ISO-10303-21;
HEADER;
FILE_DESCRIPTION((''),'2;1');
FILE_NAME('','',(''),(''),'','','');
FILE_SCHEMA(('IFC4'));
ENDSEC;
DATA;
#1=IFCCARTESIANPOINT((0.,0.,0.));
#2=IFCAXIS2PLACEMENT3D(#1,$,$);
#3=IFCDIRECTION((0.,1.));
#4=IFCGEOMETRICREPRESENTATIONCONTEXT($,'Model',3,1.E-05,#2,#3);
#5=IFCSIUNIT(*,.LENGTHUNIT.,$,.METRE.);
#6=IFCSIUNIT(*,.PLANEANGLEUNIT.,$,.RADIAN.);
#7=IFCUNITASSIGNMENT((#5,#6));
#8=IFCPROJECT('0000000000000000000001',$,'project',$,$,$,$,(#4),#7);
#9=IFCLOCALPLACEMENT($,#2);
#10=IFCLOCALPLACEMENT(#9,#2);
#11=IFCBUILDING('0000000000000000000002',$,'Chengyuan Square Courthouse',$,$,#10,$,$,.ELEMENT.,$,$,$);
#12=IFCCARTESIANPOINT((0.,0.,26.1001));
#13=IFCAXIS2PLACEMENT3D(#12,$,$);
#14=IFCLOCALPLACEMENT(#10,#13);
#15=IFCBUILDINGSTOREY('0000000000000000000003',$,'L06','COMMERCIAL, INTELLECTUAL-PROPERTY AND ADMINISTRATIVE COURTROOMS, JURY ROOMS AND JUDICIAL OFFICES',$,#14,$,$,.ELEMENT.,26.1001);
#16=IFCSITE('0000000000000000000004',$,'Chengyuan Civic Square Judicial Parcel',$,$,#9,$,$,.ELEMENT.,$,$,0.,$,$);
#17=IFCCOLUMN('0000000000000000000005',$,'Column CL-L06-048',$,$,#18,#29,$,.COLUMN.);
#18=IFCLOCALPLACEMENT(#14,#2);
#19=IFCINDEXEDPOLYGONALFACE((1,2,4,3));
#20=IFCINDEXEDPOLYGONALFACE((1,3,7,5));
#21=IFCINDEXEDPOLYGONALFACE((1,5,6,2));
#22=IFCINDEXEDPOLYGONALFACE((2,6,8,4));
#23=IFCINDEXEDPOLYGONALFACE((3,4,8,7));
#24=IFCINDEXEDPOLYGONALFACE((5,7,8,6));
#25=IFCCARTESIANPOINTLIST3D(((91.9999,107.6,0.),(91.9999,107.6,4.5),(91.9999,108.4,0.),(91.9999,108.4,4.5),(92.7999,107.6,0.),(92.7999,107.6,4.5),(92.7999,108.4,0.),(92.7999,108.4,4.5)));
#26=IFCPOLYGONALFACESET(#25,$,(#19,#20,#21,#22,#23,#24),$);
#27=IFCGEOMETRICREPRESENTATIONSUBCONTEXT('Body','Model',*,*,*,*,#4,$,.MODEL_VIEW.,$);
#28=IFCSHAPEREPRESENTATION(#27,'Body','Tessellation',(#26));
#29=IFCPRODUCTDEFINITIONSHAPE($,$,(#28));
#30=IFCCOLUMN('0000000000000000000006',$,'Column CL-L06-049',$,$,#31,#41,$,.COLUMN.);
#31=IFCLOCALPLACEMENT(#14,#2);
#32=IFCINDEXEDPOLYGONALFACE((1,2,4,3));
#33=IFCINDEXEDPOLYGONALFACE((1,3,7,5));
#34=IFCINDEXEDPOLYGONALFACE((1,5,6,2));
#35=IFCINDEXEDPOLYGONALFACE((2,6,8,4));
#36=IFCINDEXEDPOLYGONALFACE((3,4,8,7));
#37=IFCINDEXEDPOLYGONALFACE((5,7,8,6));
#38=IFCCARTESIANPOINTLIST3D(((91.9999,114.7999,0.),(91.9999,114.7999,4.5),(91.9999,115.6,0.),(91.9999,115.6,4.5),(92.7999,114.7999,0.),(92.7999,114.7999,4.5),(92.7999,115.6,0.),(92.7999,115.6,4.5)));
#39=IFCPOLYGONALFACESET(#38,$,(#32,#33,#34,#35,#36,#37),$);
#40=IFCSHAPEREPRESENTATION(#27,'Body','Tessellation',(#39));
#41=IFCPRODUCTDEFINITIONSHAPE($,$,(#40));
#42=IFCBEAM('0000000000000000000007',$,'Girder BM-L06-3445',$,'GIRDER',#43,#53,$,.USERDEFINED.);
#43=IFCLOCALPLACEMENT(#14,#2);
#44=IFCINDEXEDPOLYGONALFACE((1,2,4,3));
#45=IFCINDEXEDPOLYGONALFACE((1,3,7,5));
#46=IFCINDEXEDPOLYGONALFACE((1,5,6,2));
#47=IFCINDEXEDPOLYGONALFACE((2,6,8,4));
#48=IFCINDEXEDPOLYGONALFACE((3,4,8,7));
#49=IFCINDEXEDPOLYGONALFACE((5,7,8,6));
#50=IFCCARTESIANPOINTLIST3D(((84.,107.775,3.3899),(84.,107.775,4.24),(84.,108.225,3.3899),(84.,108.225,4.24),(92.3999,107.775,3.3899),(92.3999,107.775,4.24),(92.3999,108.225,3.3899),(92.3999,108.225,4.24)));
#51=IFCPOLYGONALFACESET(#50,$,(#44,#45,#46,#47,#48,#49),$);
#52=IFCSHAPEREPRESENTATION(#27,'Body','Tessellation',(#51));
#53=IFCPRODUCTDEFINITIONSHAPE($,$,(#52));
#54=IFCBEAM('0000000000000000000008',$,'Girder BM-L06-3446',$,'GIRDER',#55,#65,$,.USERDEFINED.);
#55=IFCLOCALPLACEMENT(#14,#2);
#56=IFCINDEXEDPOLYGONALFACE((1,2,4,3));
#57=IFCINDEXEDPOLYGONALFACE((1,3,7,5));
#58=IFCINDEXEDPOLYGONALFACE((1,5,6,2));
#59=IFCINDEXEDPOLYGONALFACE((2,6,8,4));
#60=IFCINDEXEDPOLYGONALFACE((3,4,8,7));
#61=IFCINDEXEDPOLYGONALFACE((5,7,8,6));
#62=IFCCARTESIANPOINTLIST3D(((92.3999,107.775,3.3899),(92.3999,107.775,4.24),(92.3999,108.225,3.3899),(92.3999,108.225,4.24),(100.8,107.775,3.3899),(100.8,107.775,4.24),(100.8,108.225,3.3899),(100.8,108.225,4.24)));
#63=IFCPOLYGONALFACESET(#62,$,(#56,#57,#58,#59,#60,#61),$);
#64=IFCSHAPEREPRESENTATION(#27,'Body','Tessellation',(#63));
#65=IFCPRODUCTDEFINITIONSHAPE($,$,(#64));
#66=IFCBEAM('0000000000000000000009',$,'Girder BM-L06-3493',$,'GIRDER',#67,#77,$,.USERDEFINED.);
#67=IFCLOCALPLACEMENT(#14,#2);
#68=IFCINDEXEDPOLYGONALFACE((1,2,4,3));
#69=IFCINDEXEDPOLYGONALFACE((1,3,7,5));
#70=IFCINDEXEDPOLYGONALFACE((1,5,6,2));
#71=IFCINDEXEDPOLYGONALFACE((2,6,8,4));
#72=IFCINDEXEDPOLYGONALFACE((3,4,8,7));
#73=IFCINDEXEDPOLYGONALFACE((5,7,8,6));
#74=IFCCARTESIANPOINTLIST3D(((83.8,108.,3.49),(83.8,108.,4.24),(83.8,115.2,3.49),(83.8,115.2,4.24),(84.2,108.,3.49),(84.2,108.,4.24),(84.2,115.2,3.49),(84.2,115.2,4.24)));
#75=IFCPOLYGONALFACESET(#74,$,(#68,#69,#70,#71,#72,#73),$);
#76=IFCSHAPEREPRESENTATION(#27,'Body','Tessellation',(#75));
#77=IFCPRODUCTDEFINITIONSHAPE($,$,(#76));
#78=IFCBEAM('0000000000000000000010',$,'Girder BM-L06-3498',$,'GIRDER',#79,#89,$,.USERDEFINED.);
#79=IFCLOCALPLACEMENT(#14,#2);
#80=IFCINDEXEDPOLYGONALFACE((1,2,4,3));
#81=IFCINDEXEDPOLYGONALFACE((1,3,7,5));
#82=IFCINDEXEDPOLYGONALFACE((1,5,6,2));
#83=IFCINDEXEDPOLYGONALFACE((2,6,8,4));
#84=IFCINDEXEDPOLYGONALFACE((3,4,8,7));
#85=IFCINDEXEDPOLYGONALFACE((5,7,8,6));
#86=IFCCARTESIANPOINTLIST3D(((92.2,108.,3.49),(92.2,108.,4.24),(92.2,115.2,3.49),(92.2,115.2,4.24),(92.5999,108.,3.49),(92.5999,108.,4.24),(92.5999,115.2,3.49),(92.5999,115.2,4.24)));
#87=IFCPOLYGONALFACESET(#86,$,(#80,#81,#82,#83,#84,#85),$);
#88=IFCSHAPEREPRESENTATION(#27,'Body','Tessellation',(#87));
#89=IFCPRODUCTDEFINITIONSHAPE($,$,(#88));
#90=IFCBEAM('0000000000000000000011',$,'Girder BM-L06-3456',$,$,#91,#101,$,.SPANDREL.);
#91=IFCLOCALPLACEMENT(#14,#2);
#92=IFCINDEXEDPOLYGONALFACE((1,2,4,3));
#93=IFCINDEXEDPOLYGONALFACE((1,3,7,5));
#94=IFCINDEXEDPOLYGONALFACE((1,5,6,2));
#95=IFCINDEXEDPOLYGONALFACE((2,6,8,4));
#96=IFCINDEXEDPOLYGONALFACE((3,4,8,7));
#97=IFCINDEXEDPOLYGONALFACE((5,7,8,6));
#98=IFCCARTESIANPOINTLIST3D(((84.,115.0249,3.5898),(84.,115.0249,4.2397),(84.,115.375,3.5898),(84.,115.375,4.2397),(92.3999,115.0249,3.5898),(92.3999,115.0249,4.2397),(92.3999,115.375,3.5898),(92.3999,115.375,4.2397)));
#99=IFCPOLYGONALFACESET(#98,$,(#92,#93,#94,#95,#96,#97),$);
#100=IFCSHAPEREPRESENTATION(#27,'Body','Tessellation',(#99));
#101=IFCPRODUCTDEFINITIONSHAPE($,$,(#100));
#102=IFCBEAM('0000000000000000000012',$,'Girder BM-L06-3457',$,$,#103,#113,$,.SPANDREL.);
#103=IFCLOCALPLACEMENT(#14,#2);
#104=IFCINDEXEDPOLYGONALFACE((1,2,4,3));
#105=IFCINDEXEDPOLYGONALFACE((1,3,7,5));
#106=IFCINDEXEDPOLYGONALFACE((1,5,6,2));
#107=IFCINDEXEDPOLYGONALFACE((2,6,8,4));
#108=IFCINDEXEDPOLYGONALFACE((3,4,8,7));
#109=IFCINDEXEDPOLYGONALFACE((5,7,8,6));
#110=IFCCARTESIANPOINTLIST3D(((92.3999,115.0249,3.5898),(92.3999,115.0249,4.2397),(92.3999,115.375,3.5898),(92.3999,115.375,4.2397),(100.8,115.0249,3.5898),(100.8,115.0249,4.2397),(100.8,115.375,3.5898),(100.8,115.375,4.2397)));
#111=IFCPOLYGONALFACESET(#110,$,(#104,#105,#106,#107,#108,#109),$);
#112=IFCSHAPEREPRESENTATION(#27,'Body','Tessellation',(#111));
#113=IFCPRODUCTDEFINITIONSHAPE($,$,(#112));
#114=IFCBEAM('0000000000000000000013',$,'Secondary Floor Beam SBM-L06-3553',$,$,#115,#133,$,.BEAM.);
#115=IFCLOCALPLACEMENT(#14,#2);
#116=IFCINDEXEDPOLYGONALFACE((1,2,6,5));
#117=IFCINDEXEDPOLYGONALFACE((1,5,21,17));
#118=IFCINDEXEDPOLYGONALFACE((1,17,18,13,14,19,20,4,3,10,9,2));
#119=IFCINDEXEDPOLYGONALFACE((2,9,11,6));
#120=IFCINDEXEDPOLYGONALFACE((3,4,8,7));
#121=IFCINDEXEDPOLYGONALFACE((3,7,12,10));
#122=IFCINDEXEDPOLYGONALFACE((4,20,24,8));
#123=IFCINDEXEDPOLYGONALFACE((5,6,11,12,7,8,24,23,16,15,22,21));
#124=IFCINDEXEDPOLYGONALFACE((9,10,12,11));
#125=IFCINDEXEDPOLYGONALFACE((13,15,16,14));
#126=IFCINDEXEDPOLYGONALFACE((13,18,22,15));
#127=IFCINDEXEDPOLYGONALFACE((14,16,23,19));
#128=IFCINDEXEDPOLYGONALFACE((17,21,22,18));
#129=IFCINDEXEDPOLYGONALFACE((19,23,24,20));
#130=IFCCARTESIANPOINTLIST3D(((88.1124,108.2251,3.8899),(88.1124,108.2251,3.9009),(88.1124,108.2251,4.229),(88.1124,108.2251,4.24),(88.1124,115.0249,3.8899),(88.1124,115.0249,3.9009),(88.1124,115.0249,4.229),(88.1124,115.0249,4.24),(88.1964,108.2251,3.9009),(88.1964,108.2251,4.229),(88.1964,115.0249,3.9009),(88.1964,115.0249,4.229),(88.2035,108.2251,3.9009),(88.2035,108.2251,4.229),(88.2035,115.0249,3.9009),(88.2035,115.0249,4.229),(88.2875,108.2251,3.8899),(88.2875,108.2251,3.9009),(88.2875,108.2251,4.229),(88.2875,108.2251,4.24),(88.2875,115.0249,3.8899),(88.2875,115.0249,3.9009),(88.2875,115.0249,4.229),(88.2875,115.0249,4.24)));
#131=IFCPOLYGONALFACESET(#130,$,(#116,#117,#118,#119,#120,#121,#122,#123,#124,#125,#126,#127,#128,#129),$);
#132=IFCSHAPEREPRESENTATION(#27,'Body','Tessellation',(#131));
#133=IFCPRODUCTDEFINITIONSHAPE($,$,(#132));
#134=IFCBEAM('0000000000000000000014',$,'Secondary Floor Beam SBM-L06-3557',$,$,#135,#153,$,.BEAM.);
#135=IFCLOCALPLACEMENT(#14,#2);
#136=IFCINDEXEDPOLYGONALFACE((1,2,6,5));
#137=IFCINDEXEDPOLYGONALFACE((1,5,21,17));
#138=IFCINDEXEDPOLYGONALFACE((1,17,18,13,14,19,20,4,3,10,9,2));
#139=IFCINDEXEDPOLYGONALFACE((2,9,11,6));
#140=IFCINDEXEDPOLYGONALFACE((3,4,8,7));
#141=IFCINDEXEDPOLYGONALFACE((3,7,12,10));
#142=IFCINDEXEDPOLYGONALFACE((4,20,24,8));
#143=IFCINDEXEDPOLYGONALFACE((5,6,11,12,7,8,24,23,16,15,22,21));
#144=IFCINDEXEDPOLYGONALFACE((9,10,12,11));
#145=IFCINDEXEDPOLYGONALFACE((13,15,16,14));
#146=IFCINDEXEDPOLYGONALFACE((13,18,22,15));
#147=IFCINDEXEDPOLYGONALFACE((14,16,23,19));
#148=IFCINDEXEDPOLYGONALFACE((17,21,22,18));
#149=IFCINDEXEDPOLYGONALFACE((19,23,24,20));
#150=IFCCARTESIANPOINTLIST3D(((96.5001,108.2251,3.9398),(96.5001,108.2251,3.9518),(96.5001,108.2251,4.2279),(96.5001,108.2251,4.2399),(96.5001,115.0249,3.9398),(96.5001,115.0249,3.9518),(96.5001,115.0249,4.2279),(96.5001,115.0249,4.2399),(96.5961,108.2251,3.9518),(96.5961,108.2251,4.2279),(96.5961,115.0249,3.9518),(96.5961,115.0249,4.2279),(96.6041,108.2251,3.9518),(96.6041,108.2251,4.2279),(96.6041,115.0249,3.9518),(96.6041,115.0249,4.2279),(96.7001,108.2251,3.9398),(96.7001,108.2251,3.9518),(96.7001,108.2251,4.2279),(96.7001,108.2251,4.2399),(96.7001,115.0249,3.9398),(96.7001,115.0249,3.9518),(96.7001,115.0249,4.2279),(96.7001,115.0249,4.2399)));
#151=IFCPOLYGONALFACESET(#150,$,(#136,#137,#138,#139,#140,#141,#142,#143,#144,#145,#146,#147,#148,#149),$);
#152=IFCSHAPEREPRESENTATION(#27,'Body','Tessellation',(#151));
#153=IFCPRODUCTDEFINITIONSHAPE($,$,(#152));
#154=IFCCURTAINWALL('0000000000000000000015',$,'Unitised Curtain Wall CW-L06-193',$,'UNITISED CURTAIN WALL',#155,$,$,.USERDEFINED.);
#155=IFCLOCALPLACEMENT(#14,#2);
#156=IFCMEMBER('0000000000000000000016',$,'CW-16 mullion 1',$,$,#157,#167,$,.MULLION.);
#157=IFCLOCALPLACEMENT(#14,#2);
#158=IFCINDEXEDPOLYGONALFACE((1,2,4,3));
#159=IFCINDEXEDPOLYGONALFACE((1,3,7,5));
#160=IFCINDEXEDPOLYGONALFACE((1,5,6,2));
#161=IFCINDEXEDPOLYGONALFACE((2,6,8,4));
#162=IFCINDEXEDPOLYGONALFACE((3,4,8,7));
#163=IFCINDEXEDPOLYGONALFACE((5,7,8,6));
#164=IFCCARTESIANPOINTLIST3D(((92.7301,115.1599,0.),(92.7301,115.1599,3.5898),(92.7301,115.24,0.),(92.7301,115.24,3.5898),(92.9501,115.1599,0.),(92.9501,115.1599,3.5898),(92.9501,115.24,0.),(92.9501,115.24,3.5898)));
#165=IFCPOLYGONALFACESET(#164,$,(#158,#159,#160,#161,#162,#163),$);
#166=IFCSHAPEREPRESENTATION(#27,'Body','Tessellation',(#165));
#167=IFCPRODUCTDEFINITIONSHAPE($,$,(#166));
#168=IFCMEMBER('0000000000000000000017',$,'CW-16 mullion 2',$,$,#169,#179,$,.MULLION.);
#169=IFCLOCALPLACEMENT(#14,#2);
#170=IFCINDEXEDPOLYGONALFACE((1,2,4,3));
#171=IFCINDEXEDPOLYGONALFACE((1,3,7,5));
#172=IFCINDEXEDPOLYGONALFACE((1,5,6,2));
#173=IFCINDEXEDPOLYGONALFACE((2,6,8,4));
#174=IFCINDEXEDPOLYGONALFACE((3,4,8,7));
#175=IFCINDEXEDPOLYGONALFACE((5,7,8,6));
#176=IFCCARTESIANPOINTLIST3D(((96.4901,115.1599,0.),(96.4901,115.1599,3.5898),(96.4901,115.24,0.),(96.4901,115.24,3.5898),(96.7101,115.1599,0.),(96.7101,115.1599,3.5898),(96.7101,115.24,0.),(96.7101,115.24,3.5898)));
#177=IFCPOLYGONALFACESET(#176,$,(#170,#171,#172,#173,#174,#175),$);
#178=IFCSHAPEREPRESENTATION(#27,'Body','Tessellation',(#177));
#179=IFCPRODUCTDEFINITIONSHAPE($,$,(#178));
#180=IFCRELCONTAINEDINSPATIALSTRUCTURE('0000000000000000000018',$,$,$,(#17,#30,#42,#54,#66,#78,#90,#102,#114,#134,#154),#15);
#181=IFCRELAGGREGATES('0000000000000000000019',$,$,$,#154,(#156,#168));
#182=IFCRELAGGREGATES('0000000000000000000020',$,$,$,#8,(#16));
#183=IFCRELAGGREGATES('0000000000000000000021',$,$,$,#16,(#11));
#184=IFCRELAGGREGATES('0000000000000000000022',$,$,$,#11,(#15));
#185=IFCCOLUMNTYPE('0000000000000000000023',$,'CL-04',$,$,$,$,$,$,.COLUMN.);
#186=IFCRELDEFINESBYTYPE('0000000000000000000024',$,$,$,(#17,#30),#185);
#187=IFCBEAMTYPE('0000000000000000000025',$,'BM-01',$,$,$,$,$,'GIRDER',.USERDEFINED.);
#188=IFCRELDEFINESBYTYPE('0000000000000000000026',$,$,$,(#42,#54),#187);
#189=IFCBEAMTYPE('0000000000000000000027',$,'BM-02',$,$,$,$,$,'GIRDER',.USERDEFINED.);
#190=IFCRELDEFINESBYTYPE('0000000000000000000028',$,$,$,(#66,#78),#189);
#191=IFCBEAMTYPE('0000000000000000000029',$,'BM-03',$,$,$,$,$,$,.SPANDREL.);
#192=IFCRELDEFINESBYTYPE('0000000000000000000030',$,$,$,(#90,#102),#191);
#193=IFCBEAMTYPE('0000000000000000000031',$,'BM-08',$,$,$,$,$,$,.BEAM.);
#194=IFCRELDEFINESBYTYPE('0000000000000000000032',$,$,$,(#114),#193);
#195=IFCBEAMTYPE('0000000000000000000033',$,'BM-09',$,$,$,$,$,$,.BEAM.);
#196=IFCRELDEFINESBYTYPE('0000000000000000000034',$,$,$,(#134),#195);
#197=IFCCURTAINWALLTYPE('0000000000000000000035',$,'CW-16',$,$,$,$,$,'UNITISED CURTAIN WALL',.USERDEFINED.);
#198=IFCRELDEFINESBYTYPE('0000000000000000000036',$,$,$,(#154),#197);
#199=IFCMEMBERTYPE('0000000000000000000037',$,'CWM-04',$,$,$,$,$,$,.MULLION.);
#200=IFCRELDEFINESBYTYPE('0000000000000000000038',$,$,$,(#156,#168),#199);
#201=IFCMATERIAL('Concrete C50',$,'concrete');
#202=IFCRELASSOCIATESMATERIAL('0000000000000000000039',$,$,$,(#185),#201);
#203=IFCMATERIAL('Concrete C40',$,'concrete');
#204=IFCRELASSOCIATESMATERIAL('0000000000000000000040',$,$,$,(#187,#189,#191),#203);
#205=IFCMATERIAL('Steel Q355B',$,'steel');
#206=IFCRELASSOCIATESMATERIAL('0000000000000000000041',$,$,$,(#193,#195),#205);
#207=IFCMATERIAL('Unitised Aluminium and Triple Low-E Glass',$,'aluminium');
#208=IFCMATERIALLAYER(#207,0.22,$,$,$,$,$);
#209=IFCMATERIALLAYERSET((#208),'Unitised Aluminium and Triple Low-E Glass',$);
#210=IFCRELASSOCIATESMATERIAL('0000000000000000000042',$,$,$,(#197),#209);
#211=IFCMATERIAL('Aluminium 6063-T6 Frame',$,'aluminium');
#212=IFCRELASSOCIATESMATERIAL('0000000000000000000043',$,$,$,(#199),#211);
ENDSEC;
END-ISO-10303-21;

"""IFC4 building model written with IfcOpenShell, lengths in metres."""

from ifc_helpers import new_model, si_unit, direction, frame, origin, origin_2d, place, context, subcontext, project, spatial, rectangle, i_section, extrude, material, layer, layer_set, material_profile, profile_set, type_object, element, aggregate, save


model = new_model("IFC4")

# Units and contexts
model_context = context("Model", 3, precision=1e-05, world=origin(), true_north=direction((0.0, 1.0)))
body_context = subcontext(model_context, "Body", "Model", "MODEL_VIEW")
ifc_project = project(units=[si_unit("LENGTHUNIT", "METRE"), si_unit("PLANEANGLEUNIT", "RADIAN")], contexts=[model_context])

# Site, building, storey
site_placement = place(None, origin())
site = spatial("IfcSite", under=ifc_project, at=site_placement, Name="Chengyuan Civic Square Judicial Parcel", CompositionType="ELEMENT", RefElevation=0.0)
building_placement = place(site_placement, origin())
building = spatial("IfcBuilding", under=site, at=building_placement, Name="Chengyuan Square Courthouse", CompositionType="ELEMENT")
storey_placement = place(building_placement, frame((0.0, 0.0, 26.1001)))
storey = spatial("IfcBuildingStorey", under=building, at=storey_placement, Name="L06", Description="COMMERCIAL, INTELLECTUAL-PROPERTY AND ADMINISTRATIVE COURTROOMS, JURY ROOMS AND JUDICIAL OFFICES", CompositionType="ELEMENT", Elevation=26.1001)

# Columns
ifc_material_1 = material(Name="Concrete C50", Category="concrete")
ifc_material_profile_1 = material_profile(ifc_material_1, rectangle(XDim=0.8, YDim=0.8, at=origin_2d()), Name="RC-COL-800x800")
ifc_profile_set_1 = profile_set([ifc_material_profile_1], Name="Concrete C50")
column_type = type_object("IfcColumnType", Name="CL-04", PredefinedType="COLUMN", material=ifc_profile_set_1)
for number, where, z_axis, x_axis, name in (
    (1, (92.3999, 108.0, 0.0), (0.0, 0.0, 1.0), (1.0, 0.0, 0.0), "Column CL-L06-048"),
    (2, (92.3999, 115.2, 0.0), (0.0, 0.0, 1.0), (1.0, 0.0, 0.0), "Column CL-L06-049"),
):
    element("IfcColumn", number, at=place(storey_placement, frame(where, z_axis=z_axis, x_axis=x_axis)), inside=storey, type_object=column_type, Name=name, PredefinedType="COLUMN", context=body_context, shape_type="SweptSolid", body=[
        extrude(rectangle(XDim=0.8, YDim=0.8, at=origin_2d()), origin(), (0.0, 0.0, 1.0), 4.5),
    ])

# Beams
ifc_material_2 = material(Name="Concrete C40", Category="concrete")
ifc_material_profile_2 = material_profile(ifc_material_2, rectangle(XDim=0.45, YDim=0.8501, at=origin_2d()), Name="RC-BM-450x850")
ifc_profile_set_2 = profile_set([ifc_material_profile_2], Name="Concrete C40")
beam_type_1 = type_object("IfcBeamType", Name="BM-01", ElementType="GIRDER", PredefinedType="USERDEFINED", material=ifc_profile_set_2)
beam_1_placement = place(storey_placement, frame((84.0, 108.0, 3.8149), z_axis=(1.0, 0.0, 0.0), x_axis=(0.0, 1.0, 0.0)))
element("IfcBeam", 3, at=beam_1_placement, inside=storey, type_object=beam_type_1, Name="Girder BM-L06-3445", ObjectType="GIRDER", PredefinedType="USERDEFINED", context=body_context, shape_type="SweptSolid", body=[
    extrude(rectangle(XDim=0.45, YDim=0.8501, at=origin_2d()), origin(), (0.0, 0.0, 1.0), 8.3999),
])
beam_2_placement = place(storey_placement, frame((92.3999, 108.0, 3.8149), z_axis=(1.0, 0.0, 0.0), x_axis=(0.0, 1.0, 0.0)))
element("IfcBeam", 4, at=beam_2_placement, inside=storey, type_object=beam_type_1, Name="Girder BM-L06-3446", ObjectType="GIRDER", PredefinedType="USERDEFINED", context=body_context, shape_type="SweptSolid", body=[
    extrude(rectangle(XDim=0.45, YDim=0.8501, at=origin_2d()), origin(), (0.0, 0.0, 1.0), 8.4001),
])
ifc_material_profile_3 = material_profile(ifc_material_2, rectangle(XDim=0.3999, YDim=0.75, at=origin_2d()), Name="RC-BM-400x750")
ifc_profile_set_3 = profile_set([ifc_material_profile_3], Name="Concrete C40")
beam_type_2 = type_object("IfcBeamType", Name="BM-02", ElementType="GIRDER", PredefinedType="USERDEFINED", material=ifc_profile_set_3)
for number, where, z_axis, x_axis, name in (
    (5, (84.0, 108.0, 3.865), (0.0, 1.0, 0.0), (-1.0, 0.0, 0.0), "Girder BM-L06-3493"),
    (6, (92.3999, 108.0, 3.865), (0.0, 1.0, 0.0), (-1.0, 0.0, 0.0), "Girder BM-L06-3498"),
):
    element("IfcBeam", number, at=place(storey_placement, frame(where, z_axis=z_axis, x_axis=x_axis)), inside=storey, type_object=beam_type_2, Name=name, ObjectType="GIRDER", PredefinedType="USERDEFINED", context=body_context, shape_type="SweptSolid", body=[
        extrude(rectangle(XDim=0.3999, YDim=0.75, at=origin_2d()), origin(), (0.0, 0.0, 1.0), 7.2),
    ])
ifc_material_profile_4 = material_profile(ifc_material_2, rectangle(XDim=0.3501, YDim=0.6499, at=origin_2d()), Name="RC-BM-350x650")
ifc_profile_set_4 = profile_set([ifc_material_profile_4], Name="Concrete C40")
beam_type_3 = type_object("IfcBeamType", Name="BM-03", PredefinedType="SPANDREL", material=ifc_profile_set_4)
beam_3_placement = place(storey_placement, frame((84.0, 115.2, 3.9148), z_axis=(1.0, 0.0, 0.0), x_axis=(0.0, 1.0, 0.0)))
element("IfcBeam", 7, at=beam_3_placement, inside=storey, type_object=beam_type_3, Name="Girder BM-L06-3456", PredefinedType="SPANDREL", context=body_context, shape_type="SweptSolid", body=[
    extrude(rectangle(XDim=0.3501, YDim=0.6499, at=origin_2d()), origin(), (0.0, 0.0, 1.0), 8.3999),
])
beam_4_placement = place(storey_placement, frame((92.3999, 115.2, 3.9148), z_axis=(1.0, 0.0, 0.0), x_axis=(0.0, 1.0, 0.0)))
element("IfcBeam", 8, at=beam_4_placement, inside=storey, type_object=beam_type_3, Name="Girder BM-L06-3457", PredefinedType="SPANDREL", context=body_context, shape_type="SweptSolid", body=[
    extrude(rectangle(XDim=0.3501, YDim=0.6499, at=origin_2d()), origin(), (0.0, 0.0, 1.0), 8.4001),
])
ifc_material_3 = material(Name="Steel Q355B", Category="steel")
ifc_material_profile_5 = material_profile(ifc_material_3, i_section(OverallWidth=0.175, OverallDepth=0.3501, WebThickness=0.0071, FlangeThickness=0.011, at=origin_2d()), Name="HN 350x175x7x11")
ifc_profile_set_5 = profile_set([ifc_material_profile_5], Name="Steel Q355B")
beam_type_4 = type_object("IfcBeamType", Name="BM-08", PredefinedType="BEAM", material=ifc_profile_set_5)
beam_5_placement = place(storey_placement, frame((88.2, 108.2251, 4.0649), z_axis=(0.0, 1.0, 0.0), x_axis=(-1.0, 0.0, 0.0)))
element("IfcBeam", 9, at=beam_5_placement, inside=storey, type_object=beam_type_4, Name="Secondary Floor Beam SBM-L06-3553", PredefinedType="BEAM", context=body_context, shape_type="SweptSolid", body=[
    extrude(i_section(OverallWidth=0.175, OverallDepth=0.3501, WebThickness=0.0071, FlangeThickness=0.011, at=origin_2d()), origin(), (0.0, 0.0, 1.0), 6.7998),
])
ifc_material_profile_6 = material_profile(ifc_material_3, i_section(OverallWidth=0.2, OverallDepth=0.3, WebThickness=0.0081, FlangeThickness=0.012, at=origin_2d()), Name="HM 300x200x8x12")
ifc_profile_set_6 = profile_set([ifc_material_profile_6], Name="Steel Q355B")
beam_type_5 = type_object("IfcBeamType", Name="BM-09", PredefinedType="BEAM", material=ifc_profile_set_6)
beam_6_placement = place(storey_placement, frame((96.6001, 108.2251, 4.0898), z_axis=(0.0, 1.0, 0.0), x_axis=(-1.0, 0.0, 0.0)))
element("IfcBeam", 10, at=beam_6_placement, inside=storey, type_object=beam_type_5, Name="Secondary Floor Beam SBM-L06-3557", PredefinedType="BEAM", context=body_context, shape_type="SweptSolid", body=[
    extrude(i_section(OverallWidth=0.2, OverallDepth=0.3, WebThickness=0.0081, FlangeThickness=0.012, at=origin_2d()), origin(), (0.0, 0.0, 1.0), 6.7998),
])

# Curtain wall, members
ifc_material_4 = material(Name="Unitised Aluminium and Triple Low-E Glass", Category="aluminium")
ifc_layer_1 = layer(ifc_material_4, 0.22)
ifc_layer_set_1 = layer_set([ifc_layer_1], Name="Unitised Aluminium and Triple Low-E Glass")
curtain_wall_type = type_object("IfcCurtainWallType", Name="CW-16", ElementType="UNITISED CURTAIN WALL", PredefinedType="USERDEFINED", material=ifc_layer_set_1)
curtain_wall_placement = place(storey_placement, origin())
curtain_wall = element("IfcCurtainWall", 11, at=curtain_wall_placement, inside=storey, type_object=curtain_wall_type, Name="Unitised Curtain Wall CW-L06-193", ObjectType="UNITISED CURTAIN WALL", PredefinedType="USERDEFINED")
ifc_material_5 = material(Name="Aluminium 6063-T6 Frame", Category="aluminium")
ifc_material_profile_7 = material_profile(ifc_material_5, rectangle(XDim=0.0801, YDim=0.22, at=origin_2d()), Name="CW-MUL-80x220")
ifc_profile_set_7 = profile_set([ifc_material_profile_7], Name="Aluminium 6063-T6 Frame")
member_type_1 = type_object("IfcMemberType", Name="CWM-04", PredefinedType="MULLION", material=ifc_profile_set_7)
member_1_placement = place(storey_placement, frame((92.8401, 115.2, 0.0), z_axis=(0.0, 0.0, 1.0), x_axis=(0.0, 1.0, 0.0)))
member_1 = element("IfcMember", 12, at=member_1_placement, type_object=member_type_1, Name="CW-16 mullion 1", PredefinedType="MULLION", context=body_context, shape_type="SweptSolid", body=[
    extrude(rectangle(XDim=0.0801, YDim=0.22, at=origin_2d()), origin(), (0.0, 0.0, 1.0), 3.5898),
])
member_2_placement = place(storey_placement, frame((96.6001, 115.2, 0.0), z_axis=(0.0, 0.0, 1.0), x_axis=(0.0, 1.0, 0.0)))
member_2 = element("IfcMember", 13, at=member_2_placement, type_object=member_type_1, Name="CW-16 mullion 2", PredefinedType="MULLION", context=body_context, shape_type="SweptSolid", body=[
    extrude(rectangle(XDim=0.0801, YDim=0.22, at=origin_2d()), origin(), (0.0, 0.0, 1.0), 3.5898),
])
aggregate(curtain_wall, [member_1, member_2])

save(model, "model.ifc")
